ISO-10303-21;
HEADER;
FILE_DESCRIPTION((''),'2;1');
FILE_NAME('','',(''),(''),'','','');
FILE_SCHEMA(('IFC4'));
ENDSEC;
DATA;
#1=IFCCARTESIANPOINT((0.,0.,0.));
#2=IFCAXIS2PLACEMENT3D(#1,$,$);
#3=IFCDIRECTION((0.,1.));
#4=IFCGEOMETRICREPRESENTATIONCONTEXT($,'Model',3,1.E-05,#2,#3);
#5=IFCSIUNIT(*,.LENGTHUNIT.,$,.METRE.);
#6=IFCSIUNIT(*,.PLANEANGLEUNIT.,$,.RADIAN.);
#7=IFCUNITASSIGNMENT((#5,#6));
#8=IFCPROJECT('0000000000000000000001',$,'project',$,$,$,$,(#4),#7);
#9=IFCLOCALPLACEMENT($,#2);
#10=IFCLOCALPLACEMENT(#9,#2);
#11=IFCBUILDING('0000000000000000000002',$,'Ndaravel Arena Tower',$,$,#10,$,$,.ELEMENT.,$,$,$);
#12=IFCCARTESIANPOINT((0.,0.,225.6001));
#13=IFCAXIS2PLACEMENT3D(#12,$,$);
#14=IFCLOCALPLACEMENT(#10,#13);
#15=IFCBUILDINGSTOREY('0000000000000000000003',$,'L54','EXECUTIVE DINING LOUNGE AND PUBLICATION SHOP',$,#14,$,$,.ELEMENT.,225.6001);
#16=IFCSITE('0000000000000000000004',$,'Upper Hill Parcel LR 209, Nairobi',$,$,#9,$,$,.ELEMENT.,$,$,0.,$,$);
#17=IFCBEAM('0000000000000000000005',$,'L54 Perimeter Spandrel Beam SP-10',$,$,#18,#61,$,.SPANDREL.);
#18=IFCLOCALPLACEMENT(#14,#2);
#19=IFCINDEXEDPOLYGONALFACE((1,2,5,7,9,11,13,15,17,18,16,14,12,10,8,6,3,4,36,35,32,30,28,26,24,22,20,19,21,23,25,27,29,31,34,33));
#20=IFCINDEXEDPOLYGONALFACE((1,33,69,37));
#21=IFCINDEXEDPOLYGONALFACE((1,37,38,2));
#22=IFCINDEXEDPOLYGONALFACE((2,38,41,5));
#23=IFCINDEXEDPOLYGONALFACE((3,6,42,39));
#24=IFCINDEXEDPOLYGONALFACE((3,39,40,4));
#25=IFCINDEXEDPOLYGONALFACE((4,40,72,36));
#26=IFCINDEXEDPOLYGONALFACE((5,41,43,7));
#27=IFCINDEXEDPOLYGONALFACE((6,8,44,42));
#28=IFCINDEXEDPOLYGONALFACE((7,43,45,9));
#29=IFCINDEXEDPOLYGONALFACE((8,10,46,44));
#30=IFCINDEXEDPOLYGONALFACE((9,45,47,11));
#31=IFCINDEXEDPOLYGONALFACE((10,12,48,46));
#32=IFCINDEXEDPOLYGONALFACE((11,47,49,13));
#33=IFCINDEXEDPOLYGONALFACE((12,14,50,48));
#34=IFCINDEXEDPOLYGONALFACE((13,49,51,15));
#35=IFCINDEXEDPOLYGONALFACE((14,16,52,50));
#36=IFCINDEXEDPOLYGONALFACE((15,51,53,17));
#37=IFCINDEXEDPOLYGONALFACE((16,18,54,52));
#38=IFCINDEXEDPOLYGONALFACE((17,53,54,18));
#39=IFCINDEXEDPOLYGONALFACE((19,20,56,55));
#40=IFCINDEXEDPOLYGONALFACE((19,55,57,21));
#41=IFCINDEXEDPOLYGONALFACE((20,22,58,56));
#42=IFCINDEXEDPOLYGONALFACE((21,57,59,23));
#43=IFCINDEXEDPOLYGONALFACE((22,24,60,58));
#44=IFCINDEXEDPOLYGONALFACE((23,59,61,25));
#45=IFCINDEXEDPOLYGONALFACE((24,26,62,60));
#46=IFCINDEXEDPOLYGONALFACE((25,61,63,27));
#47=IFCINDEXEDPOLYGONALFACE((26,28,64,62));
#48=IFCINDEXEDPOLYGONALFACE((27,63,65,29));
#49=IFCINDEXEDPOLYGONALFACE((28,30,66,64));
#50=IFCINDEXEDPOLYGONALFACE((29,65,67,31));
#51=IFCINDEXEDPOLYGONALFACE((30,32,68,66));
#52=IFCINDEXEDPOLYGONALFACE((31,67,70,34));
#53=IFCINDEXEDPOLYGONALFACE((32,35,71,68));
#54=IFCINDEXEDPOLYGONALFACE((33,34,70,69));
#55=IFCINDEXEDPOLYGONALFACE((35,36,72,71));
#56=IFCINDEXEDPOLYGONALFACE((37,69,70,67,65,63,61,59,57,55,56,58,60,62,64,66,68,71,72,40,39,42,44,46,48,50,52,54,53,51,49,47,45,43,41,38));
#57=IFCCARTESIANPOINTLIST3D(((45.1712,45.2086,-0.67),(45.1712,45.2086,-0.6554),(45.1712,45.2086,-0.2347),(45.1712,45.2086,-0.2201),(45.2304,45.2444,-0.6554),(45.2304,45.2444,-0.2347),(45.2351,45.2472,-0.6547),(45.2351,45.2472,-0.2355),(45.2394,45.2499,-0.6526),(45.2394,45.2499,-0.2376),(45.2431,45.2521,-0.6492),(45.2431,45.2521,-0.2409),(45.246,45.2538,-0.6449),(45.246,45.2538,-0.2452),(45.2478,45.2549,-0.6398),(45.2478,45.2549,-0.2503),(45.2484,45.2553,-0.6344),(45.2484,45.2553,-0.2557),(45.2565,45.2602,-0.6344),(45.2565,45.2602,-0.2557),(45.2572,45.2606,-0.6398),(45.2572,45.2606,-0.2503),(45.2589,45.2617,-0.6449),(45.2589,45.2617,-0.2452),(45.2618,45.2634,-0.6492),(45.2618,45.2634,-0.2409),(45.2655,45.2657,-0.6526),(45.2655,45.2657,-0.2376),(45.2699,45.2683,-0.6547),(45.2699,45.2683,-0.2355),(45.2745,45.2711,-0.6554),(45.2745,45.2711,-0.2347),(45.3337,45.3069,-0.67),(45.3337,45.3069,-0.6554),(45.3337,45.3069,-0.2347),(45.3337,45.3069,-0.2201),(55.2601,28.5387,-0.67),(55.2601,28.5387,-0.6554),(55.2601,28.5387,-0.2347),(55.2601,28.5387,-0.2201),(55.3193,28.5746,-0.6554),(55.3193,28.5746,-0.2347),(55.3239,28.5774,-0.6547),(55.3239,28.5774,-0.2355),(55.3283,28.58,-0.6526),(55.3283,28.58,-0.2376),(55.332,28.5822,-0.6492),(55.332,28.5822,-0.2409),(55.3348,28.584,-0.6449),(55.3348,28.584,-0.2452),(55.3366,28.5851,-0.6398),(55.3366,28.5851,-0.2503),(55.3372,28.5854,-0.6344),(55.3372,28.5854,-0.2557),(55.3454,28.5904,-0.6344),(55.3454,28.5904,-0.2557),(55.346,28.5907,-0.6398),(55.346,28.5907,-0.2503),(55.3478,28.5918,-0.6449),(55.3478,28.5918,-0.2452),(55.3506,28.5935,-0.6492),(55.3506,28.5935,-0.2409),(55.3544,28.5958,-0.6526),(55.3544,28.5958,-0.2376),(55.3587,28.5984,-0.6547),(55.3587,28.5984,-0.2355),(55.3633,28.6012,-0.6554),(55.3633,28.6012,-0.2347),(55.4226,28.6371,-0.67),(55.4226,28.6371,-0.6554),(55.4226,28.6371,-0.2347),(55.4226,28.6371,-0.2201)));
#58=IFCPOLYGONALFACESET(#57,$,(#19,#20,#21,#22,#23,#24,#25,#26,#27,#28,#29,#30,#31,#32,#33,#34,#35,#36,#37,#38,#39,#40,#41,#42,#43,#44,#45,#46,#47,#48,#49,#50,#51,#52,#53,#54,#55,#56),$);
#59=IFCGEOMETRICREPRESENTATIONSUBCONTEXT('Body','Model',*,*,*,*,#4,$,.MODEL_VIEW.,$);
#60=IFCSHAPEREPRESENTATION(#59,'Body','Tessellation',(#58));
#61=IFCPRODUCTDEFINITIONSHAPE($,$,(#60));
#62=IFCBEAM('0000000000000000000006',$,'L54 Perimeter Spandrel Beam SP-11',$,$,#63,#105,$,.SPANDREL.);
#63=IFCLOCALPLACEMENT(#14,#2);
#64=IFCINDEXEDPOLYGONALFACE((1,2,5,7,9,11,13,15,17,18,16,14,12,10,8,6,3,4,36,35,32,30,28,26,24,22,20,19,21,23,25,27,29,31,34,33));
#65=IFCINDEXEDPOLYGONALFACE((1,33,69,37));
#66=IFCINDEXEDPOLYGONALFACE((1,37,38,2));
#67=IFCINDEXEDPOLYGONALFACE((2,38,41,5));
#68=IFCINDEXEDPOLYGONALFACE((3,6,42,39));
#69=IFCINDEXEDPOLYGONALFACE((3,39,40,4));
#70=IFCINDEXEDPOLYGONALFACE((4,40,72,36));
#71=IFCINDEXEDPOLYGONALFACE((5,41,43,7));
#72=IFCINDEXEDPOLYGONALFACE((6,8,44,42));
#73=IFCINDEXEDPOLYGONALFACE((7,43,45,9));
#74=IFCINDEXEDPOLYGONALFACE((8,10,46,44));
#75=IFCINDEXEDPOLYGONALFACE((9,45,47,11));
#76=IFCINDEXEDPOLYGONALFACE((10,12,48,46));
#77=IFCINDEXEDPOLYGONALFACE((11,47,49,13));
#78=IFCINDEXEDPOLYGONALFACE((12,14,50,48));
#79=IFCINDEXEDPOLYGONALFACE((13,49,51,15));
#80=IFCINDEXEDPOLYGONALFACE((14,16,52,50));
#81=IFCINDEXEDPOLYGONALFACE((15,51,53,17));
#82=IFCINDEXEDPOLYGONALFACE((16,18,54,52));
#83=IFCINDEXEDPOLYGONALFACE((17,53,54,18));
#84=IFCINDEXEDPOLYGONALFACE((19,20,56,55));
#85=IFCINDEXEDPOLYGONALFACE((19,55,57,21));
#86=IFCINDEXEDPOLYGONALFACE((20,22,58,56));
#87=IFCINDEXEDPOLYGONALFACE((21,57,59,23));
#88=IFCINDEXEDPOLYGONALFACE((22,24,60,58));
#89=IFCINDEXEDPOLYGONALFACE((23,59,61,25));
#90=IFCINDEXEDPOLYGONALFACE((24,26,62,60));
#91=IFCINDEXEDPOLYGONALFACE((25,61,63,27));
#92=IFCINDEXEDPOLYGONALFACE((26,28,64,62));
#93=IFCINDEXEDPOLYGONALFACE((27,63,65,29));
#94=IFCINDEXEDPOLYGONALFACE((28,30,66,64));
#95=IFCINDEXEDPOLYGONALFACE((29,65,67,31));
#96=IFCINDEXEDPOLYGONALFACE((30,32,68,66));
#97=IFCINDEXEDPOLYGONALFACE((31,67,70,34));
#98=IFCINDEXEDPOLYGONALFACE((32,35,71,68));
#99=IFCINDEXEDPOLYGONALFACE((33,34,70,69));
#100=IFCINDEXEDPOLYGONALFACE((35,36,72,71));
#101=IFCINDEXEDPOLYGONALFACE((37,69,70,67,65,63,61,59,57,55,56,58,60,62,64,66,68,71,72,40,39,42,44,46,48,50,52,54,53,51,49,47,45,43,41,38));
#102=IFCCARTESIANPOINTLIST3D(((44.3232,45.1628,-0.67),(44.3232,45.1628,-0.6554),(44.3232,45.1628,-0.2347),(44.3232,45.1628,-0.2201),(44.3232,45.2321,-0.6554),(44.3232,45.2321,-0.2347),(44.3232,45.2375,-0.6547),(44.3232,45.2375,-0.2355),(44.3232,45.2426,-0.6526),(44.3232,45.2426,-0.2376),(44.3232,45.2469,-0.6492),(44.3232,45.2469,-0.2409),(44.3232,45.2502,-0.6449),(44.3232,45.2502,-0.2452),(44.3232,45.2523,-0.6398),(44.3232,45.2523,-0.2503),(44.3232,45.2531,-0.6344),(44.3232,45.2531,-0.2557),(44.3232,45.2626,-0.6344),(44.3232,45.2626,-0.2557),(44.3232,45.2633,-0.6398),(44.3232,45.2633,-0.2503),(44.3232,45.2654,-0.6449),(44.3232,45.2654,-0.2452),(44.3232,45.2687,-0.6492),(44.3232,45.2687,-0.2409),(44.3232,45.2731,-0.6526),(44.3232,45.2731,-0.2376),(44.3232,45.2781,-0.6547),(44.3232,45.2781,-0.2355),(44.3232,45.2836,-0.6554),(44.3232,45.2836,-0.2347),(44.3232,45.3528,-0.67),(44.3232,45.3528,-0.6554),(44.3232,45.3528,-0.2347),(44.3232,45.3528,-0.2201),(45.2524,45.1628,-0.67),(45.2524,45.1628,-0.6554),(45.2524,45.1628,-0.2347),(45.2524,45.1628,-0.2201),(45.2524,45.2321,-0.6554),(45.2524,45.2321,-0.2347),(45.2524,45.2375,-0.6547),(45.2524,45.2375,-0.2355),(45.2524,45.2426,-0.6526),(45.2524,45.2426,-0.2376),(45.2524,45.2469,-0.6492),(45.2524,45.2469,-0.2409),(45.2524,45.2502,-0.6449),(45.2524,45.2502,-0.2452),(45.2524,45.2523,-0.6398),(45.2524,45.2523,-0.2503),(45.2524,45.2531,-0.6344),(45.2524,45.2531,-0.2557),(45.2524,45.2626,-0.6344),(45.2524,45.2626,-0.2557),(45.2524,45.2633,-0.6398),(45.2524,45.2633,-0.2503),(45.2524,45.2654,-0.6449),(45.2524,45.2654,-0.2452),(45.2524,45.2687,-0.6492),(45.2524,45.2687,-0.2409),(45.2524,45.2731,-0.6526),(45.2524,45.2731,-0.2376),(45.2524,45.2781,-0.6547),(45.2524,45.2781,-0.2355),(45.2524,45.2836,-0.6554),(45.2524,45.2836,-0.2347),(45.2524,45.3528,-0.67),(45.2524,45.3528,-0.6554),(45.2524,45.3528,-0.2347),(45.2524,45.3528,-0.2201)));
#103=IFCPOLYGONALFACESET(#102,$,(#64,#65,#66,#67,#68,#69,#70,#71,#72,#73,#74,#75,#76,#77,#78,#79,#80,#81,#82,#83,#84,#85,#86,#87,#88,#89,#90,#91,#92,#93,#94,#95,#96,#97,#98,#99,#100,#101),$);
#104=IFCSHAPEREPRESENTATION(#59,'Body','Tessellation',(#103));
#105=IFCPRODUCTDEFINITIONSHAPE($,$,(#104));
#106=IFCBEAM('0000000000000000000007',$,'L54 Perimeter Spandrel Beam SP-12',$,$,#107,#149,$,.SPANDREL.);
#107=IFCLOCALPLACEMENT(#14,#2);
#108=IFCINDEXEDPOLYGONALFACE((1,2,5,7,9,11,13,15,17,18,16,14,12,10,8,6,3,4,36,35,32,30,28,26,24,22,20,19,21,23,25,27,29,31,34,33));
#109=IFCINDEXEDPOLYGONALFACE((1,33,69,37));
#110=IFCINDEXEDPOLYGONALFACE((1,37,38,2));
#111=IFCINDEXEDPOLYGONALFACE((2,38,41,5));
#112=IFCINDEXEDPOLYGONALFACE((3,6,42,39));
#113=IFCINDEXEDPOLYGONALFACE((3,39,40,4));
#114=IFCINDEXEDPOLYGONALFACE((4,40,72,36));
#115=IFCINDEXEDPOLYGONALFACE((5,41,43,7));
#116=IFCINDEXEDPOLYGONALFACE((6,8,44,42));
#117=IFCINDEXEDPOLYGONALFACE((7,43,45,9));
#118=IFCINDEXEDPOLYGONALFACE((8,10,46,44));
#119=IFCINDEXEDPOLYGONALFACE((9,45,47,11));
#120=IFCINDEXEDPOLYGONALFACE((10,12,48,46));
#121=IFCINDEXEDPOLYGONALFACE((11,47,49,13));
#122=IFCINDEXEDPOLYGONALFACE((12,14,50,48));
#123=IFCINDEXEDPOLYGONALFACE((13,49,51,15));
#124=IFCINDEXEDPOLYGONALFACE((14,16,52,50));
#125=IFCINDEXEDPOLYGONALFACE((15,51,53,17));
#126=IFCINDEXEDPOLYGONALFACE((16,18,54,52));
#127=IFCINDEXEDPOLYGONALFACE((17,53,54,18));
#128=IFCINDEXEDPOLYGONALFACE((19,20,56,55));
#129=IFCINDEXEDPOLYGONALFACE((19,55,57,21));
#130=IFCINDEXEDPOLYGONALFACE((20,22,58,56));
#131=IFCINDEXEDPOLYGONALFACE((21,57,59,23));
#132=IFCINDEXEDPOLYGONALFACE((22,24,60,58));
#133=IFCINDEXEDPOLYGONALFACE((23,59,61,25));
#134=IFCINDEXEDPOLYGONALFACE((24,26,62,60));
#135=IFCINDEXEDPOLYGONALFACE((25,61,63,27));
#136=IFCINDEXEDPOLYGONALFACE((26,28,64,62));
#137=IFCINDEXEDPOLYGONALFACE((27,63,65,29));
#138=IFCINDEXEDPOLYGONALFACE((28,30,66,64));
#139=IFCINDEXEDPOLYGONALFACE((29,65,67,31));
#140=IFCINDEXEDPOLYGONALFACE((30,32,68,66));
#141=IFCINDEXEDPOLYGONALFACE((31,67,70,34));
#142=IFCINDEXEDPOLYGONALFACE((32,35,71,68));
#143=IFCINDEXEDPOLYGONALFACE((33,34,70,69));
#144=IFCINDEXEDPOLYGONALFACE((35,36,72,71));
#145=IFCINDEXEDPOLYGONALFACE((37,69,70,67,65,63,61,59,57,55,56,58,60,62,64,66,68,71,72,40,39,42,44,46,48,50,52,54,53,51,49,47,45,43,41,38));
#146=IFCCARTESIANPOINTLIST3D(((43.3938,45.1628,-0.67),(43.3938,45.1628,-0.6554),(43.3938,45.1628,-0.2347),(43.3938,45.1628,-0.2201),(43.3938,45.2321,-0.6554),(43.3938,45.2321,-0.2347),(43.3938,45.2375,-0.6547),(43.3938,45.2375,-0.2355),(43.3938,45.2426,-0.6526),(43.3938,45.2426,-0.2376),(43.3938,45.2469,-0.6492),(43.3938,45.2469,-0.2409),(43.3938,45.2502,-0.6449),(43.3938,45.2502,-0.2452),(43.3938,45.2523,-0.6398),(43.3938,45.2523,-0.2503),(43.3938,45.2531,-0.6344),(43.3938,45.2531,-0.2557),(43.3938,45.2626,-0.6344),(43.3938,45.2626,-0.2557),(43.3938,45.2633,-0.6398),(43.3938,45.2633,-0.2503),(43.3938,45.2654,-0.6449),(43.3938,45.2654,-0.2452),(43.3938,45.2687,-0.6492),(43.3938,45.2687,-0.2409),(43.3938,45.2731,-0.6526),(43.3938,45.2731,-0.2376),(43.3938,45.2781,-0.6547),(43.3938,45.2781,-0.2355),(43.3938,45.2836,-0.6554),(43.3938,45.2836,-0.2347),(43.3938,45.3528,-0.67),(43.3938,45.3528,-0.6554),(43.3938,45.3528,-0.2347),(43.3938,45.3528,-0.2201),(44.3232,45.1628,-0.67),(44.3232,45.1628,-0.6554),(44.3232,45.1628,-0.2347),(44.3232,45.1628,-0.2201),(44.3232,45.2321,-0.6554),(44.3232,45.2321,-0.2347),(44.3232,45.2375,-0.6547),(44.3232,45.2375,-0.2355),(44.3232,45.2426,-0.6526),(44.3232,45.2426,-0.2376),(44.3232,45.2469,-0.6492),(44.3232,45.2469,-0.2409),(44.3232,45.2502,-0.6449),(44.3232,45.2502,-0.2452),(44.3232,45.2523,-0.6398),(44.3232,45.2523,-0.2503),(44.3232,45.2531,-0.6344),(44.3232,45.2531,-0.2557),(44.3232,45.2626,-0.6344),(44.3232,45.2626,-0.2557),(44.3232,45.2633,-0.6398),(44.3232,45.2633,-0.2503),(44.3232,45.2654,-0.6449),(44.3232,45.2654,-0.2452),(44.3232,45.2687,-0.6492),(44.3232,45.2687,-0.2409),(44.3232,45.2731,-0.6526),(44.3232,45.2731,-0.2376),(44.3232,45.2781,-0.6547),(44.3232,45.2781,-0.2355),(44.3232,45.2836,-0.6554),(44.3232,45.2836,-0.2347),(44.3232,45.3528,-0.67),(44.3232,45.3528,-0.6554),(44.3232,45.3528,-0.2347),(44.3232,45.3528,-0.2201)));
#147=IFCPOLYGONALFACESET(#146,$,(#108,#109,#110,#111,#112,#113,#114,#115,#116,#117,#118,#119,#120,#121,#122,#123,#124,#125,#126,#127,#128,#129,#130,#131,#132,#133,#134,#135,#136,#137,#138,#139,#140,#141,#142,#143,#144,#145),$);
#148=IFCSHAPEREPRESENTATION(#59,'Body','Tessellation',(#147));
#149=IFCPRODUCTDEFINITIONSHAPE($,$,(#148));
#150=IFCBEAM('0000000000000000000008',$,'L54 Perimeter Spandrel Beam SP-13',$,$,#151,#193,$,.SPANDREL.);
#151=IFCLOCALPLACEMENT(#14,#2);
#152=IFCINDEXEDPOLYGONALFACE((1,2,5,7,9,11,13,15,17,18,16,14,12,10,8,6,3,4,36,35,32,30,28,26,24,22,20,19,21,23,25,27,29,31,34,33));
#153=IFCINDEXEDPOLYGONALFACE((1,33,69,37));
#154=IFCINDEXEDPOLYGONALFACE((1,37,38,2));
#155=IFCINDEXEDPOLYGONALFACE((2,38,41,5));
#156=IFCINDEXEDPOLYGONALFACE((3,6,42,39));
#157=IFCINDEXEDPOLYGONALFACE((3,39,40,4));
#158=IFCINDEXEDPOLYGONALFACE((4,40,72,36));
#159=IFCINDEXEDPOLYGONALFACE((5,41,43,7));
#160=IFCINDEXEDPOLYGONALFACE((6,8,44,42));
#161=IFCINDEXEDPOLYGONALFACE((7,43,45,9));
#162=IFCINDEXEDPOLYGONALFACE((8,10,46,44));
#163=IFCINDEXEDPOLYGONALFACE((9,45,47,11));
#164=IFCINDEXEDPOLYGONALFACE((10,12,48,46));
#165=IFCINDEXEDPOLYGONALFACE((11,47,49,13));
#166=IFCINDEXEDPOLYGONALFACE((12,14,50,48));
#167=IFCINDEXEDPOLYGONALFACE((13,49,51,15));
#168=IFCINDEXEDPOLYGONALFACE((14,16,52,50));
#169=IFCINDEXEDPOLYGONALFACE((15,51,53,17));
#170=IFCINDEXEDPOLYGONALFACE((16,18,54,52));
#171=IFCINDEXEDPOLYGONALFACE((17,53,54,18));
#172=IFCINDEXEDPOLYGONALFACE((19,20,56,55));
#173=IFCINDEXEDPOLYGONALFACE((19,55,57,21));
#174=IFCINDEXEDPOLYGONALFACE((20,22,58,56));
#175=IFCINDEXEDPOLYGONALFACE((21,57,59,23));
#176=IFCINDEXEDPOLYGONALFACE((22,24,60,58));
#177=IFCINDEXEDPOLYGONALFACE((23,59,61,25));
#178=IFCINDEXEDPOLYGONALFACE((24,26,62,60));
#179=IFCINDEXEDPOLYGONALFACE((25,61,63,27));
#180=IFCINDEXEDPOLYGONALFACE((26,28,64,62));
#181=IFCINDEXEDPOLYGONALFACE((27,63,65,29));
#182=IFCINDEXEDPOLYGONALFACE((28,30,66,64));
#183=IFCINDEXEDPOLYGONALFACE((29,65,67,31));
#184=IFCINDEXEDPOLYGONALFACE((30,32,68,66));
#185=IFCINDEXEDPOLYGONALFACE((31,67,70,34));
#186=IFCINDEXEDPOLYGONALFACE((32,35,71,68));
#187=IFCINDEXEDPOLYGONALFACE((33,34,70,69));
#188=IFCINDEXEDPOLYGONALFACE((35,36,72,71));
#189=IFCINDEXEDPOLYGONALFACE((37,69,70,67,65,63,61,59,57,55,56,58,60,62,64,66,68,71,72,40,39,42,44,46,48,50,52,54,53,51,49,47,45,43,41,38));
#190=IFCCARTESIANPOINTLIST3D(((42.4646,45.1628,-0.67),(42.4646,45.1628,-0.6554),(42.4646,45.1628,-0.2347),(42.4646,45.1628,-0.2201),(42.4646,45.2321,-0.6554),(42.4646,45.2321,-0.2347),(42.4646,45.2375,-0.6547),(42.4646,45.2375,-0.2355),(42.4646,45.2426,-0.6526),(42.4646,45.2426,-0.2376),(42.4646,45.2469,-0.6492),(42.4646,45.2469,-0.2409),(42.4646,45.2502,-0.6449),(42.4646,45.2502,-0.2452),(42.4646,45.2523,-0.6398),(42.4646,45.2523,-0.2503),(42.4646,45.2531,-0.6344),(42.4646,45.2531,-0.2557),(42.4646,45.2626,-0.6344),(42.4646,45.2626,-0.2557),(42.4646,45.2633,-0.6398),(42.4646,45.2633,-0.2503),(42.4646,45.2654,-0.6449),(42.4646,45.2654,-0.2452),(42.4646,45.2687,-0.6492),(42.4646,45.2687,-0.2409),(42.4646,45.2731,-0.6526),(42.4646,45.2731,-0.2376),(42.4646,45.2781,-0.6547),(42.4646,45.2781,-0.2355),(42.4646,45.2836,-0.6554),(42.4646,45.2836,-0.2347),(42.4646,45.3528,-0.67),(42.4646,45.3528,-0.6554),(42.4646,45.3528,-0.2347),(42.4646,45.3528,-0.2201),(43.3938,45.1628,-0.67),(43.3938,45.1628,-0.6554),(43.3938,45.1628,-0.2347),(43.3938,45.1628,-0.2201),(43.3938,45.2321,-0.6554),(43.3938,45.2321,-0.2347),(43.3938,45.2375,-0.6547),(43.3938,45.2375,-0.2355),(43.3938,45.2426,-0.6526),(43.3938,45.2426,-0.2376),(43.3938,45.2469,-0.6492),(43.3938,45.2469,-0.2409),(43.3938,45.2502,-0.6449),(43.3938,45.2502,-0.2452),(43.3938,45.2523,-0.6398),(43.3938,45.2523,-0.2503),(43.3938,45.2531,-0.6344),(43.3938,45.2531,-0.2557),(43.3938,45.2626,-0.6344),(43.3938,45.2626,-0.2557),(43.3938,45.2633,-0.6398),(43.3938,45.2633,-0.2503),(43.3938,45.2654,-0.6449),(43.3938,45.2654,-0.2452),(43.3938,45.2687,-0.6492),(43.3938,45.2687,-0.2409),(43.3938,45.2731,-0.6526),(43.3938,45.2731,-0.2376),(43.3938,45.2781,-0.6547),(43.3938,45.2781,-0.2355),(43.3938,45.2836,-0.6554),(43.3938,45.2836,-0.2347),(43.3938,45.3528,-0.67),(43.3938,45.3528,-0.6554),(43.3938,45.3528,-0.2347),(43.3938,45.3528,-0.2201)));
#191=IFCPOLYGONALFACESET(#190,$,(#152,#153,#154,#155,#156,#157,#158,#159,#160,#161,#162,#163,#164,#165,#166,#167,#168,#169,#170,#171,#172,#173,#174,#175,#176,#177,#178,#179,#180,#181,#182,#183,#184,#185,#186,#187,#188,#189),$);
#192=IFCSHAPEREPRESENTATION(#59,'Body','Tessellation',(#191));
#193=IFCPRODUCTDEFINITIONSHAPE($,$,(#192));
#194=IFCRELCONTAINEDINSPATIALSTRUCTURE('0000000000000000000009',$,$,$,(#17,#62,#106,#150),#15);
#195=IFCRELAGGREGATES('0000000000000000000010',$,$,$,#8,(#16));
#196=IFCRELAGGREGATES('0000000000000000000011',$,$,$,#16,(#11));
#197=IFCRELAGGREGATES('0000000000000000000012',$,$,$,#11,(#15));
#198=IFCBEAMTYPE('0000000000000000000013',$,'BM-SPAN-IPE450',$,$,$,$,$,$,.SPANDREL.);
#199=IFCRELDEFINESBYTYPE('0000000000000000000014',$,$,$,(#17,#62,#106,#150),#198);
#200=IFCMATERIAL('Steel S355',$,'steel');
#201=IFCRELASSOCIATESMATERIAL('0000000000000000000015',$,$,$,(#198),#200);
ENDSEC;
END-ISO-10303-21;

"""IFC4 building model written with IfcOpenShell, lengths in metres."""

from ifc_helpers import new_model, si_unit, direction, frame, origin, origin_2d, place, context, subcontext, project, spatial, i_section, extrude, material, material_profile, profile_set, type_object, element, save


model = new_model("IFC4")

# Units and contexts
model_context = context("Model", 3, precision=1e-05, world=origin(), true_north=direction((0.0, 1.0)))
body_context = subcontext(model_context, "Body", "Model", "MODEL_VIEW")
ifc_project = project(units=[si_unit("LENGTHUNIT", "METRE"), si_unit("PLANEANGLEUNIT", "RADIAN")], contexts=[model_context])

# Site, building, storey
site_placement = place(None, origin())
site = spatial("IfcSite", under=ifc_project, at=site_placement, Name="Upper Hill Parcel LR 209, Nairobi", CompositionType="ELEMENT", RefElevation=0.0)
building_placement = place(site_placement, origin())
building = spatial("IfcBuilding", under=site, at=building_placement, Name="Ndaravel Arena Tower", CompositionType="ELEMENT")
storey_placement = place(building_placement, frame((0.0, 0.0, 225.6001)))
storey = spatial("IfcBuildingStorey", under=building, at=storey_placement, Name="L54", Description="EXECUTIVE DINING LOUNGE AND PUBLICATION SHOP", CompositionType="ELEMENT", Elevation=225.6001)

# Beams
ifc_material_1 = material(Name="Steel S355", Category="steel")
ifc_material_profile_1 = material_profile(ifc_material_1, i_section(OverallWidth=0.1899, OverallDepth=0.45, WebThickness=0.0095, FlangeThickness=0.0146, FilletRadius=0.021, at=origin_2d()), Name="IPE 450")
ifc_profile_set_1 = profile_set([ifc_material_profile_1], Name="Steel S355")
beam_type_1 = type_object("IfcBeamType", Name="BM-SPAN-IPE450", PredefinedType="SPANDREL", material=ifc_profile_set_1)
beam_1_placement = place(storey_placement, frame((55.3413, 28.5879, -0.4451), z_axis=(-0.517772, 0.855519, 0.0), x_axis=(-0.855519, -0.517772, 0.0)))
element("IfcBeam", 1, at=beam_1_placement, inside=storey, type_object=beam_type_1, Name="L54 Perimeter Spandrel Beam SP-10", PredefinedType="SPANDREL", context=body_context, shape_type="SweptSolid", body=[
    extrude(i_section(OverallWidth=0.1899, OverallDepth=0.45, WebThickness=0.0095, FlangeThickness=0.0146, FilletRadius=0.021, at=origin_2d()), origin(), (0.0, 0.0, 1.0), 19.4851),
])
beam_2_placement = place(storey_placement, frame((45.2524, 45.2578, -0.4451), z_axis=(-1.0, 0.0, 0.0), x_axis=(0.0, -1.0, 0.0)))
element("IfcBeam", 2, at=beam_2_placement, inside=storey, type_object=beam_type_1, Name="L54 Perimeter Spandrel Beam SP-11", PredefinedType="SPANDREL", context=body_context, shape_type="SweptSolid", body=[
    extrude(i_section(OverallWidth=0.1899, OverallDepth=0.45, WebThickness=0.0095, FlangeThickness=0.0146, FilletRadius=0.021, at=origin_2d()), origin(), (0.0, 0.0, 1.0), 0.9292),
])
beam_3_placement = place(storey_placement, frame((44.3232, 45.2578, -0.4451), z_axis=(-1.0, 0.0, 0.0), x_axis=(0.0, -1.0, 0.0)))
element("IfcBeam", 3, at=beam_3_placement, inside=storey, type_object=beam_type_1, Name="L54 Perimeter Spandrel Beam SP-12", PredefinedType="SPANDREL", context=body_context, shape_type="SweptSolid", body=[
    extrude(i_section(OverallWidth=0.1899, OverallDepth=0.45, WebThickness=0.0095, FlangeThickness=0.0146, FilletRadius=0.021, at=origin_2d()), origin(), (0.0, 0.0, 1.0), 0.9294),
])
for number, where, z_axis, x_axis, name in (
    (4, (43.3938, 45.2578, -0.4451), (-1.0, 0.0, 0.0), (0.0, -1.0, 0.0), "L54 Perimeter Spandrel Beam SP-13"),
):
    element("IfcBeam", number, at=place(storey_placement, frame(where, z_axis=z_axis, x_axis=x_axis)), inside=storey, type_object=beam_type_1, Name=name, PredefinedType="SPANDREL", context=body_context, shape_type="SweptSolid", body=[
        extrude(i_section(OverallWidth=0.1899, OverallDepth=0.45, WebThickness=0.0095, FlangeThickness=0.0146, FilletRadius=0.021, at=origin_2d()), origin(), (0.0, 0.0, 1.0), 0.9292),
    ])

save(model, "model.ifc")
